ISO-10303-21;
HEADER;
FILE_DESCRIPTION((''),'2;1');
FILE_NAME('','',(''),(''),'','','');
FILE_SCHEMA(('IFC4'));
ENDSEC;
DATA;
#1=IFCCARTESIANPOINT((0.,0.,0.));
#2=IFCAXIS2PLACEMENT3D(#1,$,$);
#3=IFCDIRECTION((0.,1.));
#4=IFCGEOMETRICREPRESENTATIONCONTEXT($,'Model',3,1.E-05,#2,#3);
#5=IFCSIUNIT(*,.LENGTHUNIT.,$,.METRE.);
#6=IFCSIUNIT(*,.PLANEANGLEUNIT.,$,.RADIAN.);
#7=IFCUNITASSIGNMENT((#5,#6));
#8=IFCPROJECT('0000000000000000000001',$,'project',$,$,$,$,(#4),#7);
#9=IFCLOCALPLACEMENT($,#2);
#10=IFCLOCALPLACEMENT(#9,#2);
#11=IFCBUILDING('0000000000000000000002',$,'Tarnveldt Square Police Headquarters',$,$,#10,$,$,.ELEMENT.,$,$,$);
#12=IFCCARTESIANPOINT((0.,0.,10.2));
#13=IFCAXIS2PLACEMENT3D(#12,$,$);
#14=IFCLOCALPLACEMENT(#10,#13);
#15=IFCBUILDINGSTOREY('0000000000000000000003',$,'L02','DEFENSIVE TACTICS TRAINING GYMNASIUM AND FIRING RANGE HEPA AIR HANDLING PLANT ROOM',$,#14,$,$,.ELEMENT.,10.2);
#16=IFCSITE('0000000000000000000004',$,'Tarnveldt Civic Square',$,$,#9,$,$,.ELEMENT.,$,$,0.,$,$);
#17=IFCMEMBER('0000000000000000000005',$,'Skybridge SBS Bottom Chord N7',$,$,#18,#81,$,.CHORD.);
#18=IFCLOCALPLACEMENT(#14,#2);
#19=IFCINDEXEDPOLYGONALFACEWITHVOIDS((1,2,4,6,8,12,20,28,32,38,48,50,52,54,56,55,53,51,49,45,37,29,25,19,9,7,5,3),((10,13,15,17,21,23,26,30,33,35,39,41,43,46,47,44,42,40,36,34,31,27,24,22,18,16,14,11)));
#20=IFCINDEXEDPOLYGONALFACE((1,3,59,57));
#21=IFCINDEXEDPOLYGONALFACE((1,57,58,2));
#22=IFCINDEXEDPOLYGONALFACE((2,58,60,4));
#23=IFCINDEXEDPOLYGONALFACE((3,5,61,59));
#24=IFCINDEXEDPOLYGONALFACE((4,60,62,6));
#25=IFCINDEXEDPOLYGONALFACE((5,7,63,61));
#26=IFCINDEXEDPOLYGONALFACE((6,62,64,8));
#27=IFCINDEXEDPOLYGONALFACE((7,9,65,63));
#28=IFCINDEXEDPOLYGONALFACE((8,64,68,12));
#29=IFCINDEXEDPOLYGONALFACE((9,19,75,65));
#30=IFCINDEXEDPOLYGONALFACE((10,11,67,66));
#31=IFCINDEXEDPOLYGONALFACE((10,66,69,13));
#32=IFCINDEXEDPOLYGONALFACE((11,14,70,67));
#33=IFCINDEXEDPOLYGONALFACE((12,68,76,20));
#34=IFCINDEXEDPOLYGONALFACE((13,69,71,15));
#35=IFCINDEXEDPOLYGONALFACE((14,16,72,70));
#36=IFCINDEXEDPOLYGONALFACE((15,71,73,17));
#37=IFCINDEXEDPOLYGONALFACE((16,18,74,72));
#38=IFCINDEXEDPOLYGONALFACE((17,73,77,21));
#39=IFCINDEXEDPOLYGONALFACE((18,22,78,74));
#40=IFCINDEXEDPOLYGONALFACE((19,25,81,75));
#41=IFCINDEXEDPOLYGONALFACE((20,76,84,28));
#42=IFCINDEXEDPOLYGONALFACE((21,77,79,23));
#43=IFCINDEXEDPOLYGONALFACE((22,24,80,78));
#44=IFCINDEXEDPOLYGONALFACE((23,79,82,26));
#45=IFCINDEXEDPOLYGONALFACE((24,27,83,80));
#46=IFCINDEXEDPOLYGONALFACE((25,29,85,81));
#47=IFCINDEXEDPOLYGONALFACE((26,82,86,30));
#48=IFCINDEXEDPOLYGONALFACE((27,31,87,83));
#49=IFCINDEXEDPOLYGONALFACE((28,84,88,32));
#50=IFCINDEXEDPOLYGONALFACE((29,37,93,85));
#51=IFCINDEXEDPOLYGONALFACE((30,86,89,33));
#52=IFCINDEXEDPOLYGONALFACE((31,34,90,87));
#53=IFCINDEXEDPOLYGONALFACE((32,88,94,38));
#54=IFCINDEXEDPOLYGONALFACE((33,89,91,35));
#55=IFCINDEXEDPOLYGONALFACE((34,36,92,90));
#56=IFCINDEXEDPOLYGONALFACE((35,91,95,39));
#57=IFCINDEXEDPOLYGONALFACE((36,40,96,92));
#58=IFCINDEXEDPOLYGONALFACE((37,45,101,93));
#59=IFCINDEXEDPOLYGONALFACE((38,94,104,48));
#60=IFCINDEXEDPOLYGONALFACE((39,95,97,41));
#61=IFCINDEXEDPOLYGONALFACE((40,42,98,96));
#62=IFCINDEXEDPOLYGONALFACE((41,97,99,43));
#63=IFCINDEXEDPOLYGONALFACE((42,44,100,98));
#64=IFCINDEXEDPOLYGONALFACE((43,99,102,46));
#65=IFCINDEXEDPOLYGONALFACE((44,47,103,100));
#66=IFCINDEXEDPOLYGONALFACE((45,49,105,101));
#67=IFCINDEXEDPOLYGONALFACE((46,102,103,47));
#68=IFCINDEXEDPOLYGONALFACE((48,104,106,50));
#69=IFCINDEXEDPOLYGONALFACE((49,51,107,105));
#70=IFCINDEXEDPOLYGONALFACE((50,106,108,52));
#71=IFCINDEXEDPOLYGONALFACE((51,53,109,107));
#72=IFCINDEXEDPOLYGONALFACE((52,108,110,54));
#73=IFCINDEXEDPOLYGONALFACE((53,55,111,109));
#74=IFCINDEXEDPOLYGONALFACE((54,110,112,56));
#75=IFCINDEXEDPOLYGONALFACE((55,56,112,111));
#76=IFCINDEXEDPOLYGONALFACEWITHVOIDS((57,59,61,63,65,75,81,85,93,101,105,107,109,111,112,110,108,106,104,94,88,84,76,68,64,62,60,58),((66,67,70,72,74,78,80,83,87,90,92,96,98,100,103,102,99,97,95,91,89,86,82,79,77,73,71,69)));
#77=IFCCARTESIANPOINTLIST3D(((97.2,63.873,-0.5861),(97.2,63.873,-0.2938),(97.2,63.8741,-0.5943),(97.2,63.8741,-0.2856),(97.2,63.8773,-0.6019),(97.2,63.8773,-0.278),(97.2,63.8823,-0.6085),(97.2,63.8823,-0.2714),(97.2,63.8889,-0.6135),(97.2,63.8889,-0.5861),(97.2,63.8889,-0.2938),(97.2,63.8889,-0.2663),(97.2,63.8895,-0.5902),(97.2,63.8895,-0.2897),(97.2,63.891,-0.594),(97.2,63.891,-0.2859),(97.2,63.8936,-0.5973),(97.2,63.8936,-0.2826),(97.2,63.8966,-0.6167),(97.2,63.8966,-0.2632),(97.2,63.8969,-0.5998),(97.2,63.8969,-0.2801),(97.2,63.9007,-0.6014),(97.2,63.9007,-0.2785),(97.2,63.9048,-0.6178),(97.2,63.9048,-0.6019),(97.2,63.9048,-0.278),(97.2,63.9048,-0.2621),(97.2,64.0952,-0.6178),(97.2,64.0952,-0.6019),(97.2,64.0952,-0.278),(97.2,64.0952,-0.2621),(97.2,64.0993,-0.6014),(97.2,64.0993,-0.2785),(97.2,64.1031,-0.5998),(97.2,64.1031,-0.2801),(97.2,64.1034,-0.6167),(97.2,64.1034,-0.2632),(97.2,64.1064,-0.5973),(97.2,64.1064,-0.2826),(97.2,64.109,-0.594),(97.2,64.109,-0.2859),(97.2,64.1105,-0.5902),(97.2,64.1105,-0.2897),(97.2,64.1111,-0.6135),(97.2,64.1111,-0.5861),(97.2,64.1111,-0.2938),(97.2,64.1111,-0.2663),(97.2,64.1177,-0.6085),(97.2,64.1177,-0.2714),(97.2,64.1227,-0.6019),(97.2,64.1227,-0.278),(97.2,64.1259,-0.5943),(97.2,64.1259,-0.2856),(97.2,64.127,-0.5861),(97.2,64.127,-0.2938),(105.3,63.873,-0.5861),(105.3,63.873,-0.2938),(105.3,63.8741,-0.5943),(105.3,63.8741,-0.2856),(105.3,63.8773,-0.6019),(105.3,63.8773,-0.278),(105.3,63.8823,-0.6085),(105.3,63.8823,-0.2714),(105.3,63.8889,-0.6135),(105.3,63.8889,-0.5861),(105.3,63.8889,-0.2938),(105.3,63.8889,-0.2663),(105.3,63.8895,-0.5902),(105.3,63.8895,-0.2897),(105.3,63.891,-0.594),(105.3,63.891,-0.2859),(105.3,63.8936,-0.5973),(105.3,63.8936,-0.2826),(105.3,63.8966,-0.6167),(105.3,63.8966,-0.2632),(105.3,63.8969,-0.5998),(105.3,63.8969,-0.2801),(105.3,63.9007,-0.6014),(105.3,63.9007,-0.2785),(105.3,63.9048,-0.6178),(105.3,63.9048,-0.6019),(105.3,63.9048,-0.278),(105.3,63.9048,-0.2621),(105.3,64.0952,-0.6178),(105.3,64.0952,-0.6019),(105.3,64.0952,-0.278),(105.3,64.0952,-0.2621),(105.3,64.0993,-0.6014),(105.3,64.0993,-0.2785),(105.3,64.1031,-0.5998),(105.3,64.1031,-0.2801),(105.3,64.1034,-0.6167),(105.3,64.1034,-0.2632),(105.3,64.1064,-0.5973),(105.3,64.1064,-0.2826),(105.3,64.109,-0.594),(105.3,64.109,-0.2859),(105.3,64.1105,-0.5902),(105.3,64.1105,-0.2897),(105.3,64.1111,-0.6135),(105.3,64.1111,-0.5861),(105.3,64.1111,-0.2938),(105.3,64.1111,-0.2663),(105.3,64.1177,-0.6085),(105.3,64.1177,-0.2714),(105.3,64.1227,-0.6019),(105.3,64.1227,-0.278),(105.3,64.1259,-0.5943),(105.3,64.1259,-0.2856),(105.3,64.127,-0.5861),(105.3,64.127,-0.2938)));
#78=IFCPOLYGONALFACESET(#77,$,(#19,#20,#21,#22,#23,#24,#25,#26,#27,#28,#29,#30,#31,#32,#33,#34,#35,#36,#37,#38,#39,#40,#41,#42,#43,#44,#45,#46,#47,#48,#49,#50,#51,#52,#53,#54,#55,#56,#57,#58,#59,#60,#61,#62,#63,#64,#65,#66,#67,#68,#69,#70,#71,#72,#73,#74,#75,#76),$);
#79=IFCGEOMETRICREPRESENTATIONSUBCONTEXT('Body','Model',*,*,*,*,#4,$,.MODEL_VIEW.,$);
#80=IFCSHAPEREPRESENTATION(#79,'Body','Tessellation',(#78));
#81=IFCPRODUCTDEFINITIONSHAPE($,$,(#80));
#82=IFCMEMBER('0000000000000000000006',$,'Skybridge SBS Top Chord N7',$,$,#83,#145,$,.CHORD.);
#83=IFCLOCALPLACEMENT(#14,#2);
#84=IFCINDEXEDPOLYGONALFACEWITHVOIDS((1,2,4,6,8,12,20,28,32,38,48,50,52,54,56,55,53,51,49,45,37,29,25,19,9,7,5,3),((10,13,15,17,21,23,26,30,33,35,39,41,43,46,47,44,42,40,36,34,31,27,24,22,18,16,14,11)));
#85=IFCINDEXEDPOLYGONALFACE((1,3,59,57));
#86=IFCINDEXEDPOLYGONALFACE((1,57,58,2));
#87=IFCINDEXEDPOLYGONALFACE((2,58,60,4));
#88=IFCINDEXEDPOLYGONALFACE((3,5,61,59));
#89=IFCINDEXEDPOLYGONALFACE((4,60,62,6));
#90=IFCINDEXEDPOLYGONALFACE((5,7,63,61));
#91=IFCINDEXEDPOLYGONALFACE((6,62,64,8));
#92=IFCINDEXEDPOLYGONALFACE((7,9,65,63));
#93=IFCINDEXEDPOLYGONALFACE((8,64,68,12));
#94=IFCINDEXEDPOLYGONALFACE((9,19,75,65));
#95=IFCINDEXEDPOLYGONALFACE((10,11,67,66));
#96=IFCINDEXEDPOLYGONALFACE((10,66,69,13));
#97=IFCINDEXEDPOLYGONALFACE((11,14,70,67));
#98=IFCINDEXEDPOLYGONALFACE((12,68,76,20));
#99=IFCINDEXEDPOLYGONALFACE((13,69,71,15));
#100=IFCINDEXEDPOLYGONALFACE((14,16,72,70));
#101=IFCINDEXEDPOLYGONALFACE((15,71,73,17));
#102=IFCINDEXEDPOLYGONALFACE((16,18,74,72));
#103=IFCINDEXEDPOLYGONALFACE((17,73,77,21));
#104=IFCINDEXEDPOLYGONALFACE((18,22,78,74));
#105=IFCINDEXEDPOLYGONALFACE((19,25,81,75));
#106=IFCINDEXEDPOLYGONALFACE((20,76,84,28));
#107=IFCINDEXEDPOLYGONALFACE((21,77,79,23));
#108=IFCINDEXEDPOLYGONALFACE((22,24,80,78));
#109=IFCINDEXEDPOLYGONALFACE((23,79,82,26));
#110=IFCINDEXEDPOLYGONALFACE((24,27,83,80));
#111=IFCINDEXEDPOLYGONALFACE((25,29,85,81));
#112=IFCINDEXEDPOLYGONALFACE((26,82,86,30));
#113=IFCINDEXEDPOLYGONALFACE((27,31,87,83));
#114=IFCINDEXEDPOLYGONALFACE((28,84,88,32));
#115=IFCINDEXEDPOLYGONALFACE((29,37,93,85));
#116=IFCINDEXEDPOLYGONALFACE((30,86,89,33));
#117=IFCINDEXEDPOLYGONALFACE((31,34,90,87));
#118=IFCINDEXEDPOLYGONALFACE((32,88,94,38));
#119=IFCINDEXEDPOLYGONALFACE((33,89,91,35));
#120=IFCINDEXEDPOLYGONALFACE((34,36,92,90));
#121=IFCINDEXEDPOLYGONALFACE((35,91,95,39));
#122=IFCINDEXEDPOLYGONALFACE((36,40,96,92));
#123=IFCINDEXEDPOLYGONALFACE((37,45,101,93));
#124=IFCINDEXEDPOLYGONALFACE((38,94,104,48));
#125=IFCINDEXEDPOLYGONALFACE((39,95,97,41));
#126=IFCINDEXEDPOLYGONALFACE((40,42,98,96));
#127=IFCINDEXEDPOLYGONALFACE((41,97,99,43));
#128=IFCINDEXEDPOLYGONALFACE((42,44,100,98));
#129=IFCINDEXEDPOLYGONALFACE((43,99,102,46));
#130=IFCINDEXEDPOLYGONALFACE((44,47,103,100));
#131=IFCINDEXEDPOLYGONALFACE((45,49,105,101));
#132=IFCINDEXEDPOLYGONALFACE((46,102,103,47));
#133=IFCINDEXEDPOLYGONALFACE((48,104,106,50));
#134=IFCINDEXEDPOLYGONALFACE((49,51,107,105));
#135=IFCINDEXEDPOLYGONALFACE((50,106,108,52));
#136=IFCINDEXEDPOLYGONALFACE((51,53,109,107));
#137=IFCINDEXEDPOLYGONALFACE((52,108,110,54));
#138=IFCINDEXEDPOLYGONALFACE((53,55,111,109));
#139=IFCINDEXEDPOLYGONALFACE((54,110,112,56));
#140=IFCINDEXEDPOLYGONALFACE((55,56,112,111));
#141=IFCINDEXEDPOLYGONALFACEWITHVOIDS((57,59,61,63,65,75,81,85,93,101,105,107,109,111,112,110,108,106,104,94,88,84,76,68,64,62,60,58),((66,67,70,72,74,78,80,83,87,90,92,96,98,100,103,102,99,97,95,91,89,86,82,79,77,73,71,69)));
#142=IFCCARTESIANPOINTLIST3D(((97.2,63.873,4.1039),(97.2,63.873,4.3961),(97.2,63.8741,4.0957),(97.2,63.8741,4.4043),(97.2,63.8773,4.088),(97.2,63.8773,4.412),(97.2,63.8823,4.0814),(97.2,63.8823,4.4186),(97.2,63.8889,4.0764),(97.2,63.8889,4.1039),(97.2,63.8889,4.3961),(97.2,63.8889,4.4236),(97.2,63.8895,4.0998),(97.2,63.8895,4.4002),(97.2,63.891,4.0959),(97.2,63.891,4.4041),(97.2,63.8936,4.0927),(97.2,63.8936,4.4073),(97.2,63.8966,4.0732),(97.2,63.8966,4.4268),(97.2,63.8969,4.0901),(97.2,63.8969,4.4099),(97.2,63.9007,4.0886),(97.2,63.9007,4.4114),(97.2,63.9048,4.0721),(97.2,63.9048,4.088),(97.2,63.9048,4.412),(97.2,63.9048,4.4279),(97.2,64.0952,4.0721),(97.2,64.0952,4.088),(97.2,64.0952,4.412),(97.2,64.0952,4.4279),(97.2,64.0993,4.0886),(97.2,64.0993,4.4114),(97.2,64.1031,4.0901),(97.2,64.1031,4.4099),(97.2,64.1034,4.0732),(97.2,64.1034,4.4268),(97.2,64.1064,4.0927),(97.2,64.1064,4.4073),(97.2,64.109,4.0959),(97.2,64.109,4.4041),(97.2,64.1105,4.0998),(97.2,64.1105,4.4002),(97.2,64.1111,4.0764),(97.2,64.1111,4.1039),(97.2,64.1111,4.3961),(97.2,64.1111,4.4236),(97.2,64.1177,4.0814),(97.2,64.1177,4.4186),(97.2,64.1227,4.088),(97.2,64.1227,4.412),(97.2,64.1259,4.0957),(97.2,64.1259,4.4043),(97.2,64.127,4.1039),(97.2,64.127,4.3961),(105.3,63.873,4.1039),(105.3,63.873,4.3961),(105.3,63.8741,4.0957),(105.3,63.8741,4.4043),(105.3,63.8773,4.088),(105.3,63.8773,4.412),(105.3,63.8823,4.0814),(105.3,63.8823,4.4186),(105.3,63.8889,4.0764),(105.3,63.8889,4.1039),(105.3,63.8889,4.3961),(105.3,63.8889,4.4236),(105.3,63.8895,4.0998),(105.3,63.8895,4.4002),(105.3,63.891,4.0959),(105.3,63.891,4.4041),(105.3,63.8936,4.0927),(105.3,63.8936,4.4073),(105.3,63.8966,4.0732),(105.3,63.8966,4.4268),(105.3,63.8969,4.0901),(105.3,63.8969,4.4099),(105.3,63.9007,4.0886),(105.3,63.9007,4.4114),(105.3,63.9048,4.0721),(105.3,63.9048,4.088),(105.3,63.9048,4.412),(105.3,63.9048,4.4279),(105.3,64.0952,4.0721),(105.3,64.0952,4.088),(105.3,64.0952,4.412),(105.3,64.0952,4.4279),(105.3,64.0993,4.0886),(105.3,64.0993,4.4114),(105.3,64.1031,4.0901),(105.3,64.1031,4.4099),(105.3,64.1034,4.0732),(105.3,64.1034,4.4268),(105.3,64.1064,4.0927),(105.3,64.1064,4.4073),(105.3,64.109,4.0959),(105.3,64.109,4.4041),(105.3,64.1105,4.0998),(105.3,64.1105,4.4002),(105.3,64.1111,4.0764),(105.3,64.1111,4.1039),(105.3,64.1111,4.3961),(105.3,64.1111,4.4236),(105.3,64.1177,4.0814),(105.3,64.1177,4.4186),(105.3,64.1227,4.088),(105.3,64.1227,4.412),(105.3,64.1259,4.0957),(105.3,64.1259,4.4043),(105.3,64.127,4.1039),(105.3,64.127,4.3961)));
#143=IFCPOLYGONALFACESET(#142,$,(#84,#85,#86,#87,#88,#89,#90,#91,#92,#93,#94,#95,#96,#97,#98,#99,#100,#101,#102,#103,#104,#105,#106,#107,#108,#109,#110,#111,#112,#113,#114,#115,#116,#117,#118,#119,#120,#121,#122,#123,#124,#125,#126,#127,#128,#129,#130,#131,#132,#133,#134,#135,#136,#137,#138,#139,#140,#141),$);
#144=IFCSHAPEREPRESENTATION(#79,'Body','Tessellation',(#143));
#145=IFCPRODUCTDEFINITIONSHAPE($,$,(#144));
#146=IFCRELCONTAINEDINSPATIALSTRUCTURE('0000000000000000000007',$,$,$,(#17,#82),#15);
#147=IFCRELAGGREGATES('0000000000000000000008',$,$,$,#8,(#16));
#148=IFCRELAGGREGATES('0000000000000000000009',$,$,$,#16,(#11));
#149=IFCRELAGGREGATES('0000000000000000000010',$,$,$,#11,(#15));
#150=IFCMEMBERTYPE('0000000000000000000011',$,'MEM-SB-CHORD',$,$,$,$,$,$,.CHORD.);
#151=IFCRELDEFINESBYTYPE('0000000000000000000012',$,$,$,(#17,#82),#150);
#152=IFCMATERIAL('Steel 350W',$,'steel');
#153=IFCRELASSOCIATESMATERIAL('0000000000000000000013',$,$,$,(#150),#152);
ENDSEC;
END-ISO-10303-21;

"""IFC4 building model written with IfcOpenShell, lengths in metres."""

from ifc_helpers import new_model, si_unit, direction, frame, origin, origin_2d, place, context, subcontext, project, spatial, hollow_rectangle, extrude, material, material_profile, profile_set, type_object, element, save


model = new_model("IFC4")

# Units and contexts
model_context = context("Model", 3, precision=1e-05, world=origin(), true_north=direction((0.0, 1.0)))
body_context = subcontext(model_context, "Body", "Model", "MODEL_VIEW")
ifc_project = project(units=[si_unit("LENGTHUNIT", "METRE"), si_unit("PLANEANGLEUNIT", "RADIAN")], contexts=[model_context])

# Site, building, storey
site_placement = place(None, origin())
site = spatial("IfcSite", under=ifc_project, at=site_placement, Name="Tarnveldt Civic Square", CompositionType="ELEMENT", RefElevation=0.0)
building_placement = place(site_placement, origin())
building = spatial("IfcBuilding", under=site, at=building_placement, Name="Tarnveldt Square Police Headquarters", CompositionType="ELEMENT")
storey_placement = place(building_placement, frame((0.0, 0.0, 10.2)))
storey = spatial("IfcBuildingStorey", under=building, at=storey_placement, Name="L02", Description="DEFENSIVE TACTICS TRAINING GYMNASIUM AND FIRING RANGE HEPA AIR HANDLING PLANT ROOM", CompositionType="ELEMENT", Elevation=10.2)

# Members
ifc_material_1 = material(Name="Steel 350W", Category="steel")
ifc_material_profile_1 = material_profile(ifc_material_1, hollow_rectangle(XDim=0.2539, YDim=0.3557, WallThickness=0.0159, InnerFilletRadius=0.0159, OuterFilletRadius=0.0317, at=origin_2d()), Name="HSS356x254x16")
ifc_profile_set_1 = profile_set([ifc_material_profile_1], Name="Steel 350W")
member_type_1 = type_object("IfcMemberType", Name="MEM-SB-CHORD", PredefinedType="CHORD", material=ifc_profile_set_1)
for number, where, z_axis, x_axis, name in (
    (1, (97.2, 64.0, -0.4399), (1.0, 0.0, 0.0), (0.0, 1.0, 0.0), "Skybridge SBS Bottom Chord N7"),
    (2, (97.2, 64.0, 4.25), (1.0, 0.0, 0.0), (0.0, 1.0, 0.0), "Skybridge SBS Top Chord N7"),
):
    element("IfcMember", number, at=place(storey_placement, frame(where, z_axis=z_axis, x_axis=x_axis)), inside=storey, type_object=member_type_1, Name=name, PredefinedType="CHORD", context=body_context, shape_type="SweptSolid", body=[
        extrude(hollow_rectangle(XDim=0.2539, YDim=0.3557, WallThickness=0.0159, InnerFilletRadius=0.0159, OuterFilletRadius=0.0317, at=origin_2d()), origin(), (0.0, 0.0, 1.0), 8.1001),
    ])

save(model, "model.ifc")
